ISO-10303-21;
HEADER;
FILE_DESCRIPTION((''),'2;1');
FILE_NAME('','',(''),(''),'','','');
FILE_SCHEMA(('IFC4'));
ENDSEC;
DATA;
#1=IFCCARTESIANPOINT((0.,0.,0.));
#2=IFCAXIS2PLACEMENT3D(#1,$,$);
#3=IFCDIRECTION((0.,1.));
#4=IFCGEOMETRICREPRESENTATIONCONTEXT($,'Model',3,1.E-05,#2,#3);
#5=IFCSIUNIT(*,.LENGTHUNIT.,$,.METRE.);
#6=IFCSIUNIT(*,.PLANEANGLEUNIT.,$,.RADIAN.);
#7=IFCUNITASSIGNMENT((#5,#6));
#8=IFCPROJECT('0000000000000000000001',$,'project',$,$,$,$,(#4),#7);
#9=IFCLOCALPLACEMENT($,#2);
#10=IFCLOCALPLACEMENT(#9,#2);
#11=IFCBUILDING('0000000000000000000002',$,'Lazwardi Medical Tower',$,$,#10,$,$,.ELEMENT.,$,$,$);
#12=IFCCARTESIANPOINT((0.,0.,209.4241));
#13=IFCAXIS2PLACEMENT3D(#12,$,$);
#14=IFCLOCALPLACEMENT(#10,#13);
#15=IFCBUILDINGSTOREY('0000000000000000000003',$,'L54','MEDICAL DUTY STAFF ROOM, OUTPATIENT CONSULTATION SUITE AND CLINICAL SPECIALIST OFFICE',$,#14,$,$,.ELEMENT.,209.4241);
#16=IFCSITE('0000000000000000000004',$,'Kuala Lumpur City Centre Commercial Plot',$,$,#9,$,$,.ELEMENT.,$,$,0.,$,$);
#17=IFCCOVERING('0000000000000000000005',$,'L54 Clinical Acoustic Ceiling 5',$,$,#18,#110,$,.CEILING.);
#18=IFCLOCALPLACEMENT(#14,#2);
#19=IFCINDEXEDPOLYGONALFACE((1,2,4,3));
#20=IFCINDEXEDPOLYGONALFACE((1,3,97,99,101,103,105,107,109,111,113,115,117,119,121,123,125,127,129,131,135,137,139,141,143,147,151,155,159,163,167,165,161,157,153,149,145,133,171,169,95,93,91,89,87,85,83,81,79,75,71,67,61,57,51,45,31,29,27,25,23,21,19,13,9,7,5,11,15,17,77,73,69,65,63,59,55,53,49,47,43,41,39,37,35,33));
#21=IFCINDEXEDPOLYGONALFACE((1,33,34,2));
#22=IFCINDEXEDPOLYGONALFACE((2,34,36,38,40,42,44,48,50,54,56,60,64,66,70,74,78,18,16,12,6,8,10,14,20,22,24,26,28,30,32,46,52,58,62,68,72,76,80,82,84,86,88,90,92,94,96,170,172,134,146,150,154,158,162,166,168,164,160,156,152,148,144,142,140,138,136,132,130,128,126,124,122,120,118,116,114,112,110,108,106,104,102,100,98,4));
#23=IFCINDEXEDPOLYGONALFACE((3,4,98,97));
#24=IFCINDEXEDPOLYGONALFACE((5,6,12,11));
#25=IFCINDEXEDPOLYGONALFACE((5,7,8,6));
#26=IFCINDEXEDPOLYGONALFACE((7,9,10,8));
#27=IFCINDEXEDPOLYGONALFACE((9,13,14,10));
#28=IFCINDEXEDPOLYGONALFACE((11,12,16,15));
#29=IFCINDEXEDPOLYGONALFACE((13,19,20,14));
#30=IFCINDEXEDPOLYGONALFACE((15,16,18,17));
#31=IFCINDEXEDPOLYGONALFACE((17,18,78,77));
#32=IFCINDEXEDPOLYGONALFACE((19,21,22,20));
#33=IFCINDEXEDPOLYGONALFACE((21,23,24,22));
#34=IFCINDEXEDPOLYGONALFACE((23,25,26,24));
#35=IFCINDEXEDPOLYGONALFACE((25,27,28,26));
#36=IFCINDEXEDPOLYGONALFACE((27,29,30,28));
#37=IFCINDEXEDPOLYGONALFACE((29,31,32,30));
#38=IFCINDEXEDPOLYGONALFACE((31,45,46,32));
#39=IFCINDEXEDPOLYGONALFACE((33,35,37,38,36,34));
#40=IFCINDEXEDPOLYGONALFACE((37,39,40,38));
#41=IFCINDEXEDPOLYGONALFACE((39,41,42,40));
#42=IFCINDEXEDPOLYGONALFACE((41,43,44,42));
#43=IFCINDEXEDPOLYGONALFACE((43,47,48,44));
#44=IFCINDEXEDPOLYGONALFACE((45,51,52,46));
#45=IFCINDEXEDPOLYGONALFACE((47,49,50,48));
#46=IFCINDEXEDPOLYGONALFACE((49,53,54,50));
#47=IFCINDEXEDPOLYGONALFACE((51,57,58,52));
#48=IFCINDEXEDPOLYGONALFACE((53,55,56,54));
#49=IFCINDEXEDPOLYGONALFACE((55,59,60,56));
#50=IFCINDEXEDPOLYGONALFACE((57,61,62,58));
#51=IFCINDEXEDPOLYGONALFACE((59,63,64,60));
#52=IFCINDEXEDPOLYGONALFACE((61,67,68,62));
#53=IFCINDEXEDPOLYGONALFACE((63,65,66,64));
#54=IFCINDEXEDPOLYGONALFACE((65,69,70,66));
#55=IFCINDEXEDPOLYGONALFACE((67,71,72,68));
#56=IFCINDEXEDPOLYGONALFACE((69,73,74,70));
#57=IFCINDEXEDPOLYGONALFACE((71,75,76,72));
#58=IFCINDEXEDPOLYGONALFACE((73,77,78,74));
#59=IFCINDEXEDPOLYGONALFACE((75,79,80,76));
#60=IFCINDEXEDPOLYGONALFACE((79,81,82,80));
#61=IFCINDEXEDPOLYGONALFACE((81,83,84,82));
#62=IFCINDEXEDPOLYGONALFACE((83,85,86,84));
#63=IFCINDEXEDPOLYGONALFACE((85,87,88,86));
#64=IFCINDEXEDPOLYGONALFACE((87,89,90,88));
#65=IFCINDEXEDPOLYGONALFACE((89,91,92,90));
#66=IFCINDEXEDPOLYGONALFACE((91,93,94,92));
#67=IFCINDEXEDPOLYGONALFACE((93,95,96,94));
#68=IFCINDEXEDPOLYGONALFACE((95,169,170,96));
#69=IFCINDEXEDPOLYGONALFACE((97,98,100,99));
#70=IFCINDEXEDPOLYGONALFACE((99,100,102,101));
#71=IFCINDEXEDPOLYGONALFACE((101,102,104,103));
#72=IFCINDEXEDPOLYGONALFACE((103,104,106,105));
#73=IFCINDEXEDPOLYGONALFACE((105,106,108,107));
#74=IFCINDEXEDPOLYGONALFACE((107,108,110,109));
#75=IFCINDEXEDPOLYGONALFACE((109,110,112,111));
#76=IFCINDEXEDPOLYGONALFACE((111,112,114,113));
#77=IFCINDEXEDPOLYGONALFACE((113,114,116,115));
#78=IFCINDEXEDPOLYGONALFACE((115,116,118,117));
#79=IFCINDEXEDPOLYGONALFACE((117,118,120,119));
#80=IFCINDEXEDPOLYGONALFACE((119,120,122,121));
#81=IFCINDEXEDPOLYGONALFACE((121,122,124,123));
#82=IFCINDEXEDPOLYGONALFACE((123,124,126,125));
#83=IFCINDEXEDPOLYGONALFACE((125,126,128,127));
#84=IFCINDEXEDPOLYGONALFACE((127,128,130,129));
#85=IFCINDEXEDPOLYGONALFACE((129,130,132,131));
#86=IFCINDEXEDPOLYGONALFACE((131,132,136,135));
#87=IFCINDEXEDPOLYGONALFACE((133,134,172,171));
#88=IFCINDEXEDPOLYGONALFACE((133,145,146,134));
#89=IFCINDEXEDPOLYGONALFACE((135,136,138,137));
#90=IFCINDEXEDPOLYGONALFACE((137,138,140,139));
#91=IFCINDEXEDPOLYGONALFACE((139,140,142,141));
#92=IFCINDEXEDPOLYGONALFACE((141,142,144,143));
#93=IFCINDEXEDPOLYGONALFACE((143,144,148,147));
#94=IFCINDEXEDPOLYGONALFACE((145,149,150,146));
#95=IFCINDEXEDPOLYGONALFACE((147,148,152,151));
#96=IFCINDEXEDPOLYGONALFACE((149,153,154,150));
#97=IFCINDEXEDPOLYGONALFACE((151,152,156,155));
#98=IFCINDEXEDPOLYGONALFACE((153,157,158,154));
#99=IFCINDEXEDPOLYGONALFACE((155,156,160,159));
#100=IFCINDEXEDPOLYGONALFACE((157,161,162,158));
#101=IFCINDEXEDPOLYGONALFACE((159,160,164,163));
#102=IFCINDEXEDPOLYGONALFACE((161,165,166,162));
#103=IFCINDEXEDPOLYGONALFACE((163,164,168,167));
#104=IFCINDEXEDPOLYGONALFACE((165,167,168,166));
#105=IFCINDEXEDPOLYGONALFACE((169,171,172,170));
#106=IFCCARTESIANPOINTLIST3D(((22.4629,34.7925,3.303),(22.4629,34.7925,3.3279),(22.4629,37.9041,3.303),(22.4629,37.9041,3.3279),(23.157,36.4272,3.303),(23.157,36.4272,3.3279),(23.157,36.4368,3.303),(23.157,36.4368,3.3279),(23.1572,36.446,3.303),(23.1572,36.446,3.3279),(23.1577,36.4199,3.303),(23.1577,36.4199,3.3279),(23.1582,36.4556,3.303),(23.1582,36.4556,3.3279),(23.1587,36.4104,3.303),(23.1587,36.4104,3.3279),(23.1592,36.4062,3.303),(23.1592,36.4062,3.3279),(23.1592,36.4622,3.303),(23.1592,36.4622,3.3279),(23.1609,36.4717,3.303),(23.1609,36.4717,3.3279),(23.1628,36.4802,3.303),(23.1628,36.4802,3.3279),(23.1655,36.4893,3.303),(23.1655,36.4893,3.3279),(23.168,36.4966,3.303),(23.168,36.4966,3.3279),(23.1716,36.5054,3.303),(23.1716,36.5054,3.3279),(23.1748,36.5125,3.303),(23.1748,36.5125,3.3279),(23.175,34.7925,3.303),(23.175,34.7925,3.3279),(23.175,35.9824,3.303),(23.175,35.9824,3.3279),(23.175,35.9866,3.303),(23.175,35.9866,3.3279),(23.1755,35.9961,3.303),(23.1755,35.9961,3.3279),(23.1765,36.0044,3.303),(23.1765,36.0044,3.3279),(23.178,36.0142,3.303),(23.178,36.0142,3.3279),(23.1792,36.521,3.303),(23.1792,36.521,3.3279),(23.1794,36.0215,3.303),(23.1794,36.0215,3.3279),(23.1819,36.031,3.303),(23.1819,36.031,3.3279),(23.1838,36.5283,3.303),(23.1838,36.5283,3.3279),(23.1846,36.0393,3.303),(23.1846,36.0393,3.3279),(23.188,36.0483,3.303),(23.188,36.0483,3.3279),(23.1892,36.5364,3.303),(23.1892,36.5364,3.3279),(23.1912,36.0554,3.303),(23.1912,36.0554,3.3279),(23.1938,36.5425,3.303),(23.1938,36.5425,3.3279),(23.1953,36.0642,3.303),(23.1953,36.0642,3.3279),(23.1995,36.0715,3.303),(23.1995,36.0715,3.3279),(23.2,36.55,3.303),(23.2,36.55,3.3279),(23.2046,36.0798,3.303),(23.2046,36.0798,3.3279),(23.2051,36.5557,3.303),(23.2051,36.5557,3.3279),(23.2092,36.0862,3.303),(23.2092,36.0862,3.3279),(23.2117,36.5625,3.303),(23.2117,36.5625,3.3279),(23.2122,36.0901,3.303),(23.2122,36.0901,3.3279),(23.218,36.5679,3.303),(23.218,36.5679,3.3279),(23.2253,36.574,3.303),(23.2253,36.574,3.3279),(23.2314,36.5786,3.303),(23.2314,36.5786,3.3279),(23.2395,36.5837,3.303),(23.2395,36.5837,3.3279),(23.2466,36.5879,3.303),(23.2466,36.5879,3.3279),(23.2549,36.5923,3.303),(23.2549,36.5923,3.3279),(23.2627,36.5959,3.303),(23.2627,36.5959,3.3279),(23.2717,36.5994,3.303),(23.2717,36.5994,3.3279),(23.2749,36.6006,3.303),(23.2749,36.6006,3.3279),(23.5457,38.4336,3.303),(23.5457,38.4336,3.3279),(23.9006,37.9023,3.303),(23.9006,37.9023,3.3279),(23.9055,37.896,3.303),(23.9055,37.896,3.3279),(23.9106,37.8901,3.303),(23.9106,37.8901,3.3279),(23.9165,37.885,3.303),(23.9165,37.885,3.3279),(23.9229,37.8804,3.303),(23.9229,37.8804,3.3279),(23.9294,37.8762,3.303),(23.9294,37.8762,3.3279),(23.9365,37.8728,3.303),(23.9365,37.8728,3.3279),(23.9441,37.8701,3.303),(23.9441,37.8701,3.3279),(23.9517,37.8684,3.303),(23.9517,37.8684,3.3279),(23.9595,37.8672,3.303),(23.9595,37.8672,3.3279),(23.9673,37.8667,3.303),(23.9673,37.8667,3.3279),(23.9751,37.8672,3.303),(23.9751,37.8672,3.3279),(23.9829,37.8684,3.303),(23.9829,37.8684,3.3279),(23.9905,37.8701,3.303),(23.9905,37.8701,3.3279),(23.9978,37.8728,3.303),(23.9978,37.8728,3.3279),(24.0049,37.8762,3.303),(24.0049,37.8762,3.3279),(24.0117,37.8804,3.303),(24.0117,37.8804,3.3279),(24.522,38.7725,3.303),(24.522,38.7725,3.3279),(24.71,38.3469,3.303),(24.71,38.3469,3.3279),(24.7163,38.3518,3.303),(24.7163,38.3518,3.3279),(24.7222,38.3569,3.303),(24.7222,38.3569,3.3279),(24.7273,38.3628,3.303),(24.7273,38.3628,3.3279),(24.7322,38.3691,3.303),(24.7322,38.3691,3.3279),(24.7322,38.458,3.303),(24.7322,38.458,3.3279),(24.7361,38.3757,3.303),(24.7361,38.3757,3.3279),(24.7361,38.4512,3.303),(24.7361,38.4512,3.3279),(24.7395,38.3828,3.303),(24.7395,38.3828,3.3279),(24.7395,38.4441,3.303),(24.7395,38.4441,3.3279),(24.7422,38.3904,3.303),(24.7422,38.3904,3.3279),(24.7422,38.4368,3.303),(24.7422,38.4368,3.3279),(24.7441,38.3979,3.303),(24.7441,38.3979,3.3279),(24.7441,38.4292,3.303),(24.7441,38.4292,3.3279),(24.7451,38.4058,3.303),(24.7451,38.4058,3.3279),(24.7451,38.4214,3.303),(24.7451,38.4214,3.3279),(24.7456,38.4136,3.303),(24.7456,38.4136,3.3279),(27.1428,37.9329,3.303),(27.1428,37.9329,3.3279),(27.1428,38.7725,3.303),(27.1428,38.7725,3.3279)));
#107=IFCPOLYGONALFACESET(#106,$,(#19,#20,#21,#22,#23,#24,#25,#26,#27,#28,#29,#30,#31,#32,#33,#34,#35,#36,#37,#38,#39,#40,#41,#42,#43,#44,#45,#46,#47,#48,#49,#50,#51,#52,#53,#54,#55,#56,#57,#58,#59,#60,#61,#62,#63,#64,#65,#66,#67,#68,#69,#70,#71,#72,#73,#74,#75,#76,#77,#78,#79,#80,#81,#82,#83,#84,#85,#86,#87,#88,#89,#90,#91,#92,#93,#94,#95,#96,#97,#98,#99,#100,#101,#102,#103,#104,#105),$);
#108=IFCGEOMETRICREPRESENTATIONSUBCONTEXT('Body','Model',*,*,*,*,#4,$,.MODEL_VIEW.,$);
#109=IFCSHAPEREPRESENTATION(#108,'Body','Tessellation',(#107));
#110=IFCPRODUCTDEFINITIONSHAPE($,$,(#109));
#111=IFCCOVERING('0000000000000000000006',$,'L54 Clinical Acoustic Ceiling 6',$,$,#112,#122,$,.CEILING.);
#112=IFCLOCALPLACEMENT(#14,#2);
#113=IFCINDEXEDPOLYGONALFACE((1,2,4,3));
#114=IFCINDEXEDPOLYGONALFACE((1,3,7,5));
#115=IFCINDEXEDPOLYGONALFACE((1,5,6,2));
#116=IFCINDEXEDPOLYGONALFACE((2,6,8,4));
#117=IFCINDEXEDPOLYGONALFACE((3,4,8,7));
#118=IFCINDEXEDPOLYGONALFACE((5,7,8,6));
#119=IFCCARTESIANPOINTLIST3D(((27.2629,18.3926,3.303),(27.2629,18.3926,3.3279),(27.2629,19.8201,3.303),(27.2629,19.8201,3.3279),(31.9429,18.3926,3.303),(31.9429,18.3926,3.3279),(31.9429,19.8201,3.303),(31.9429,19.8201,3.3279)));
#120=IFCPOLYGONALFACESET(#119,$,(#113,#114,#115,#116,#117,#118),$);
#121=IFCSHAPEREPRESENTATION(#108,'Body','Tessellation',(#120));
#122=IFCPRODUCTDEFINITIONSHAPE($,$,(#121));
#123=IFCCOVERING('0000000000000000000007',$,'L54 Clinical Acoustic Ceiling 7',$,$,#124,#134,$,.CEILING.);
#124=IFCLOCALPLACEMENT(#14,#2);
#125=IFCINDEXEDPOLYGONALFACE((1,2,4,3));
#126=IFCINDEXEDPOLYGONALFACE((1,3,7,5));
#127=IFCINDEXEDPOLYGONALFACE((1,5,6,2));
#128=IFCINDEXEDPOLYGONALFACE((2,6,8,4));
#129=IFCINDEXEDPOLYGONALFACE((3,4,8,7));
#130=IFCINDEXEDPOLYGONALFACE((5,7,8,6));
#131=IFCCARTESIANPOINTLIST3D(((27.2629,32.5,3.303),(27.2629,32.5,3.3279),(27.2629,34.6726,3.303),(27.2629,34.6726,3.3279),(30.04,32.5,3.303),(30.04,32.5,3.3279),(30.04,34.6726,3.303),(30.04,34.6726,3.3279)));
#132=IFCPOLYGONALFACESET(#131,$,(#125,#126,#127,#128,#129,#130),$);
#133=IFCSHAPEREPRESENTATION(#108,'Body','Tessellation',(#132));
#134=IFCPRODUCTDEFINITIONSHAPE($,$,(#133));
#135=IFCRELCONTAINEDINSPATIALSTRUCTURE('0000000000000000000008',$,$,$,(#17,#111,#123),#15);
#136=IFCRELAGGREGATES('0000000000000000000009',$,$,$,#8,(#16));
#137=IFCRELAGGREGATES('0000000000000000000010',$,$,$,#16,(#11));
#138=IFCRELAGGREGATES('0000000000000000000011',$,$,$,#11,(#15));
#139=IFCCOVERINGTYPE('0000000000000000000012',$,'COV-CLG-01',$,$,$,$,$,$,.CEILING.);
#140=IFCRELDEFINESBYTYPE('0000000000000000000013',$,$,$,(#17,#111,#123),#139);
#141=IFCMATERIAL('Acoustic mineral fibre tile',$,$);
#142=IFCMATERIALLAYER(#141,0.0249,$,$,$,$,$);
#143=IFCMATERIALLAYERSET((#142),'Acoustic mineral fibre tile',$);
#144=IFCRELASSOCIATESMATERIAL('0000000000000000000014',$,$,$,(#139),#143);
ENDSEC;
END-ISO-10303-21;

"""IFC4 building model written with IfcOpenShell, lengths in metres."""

from ifc_helpers import new_model, si_unit, direction, frame, origin, place, context, subcontext, project, spatial, polyline, outline, extrude, material, layer, layer_set, type_object, element, save


model = new_model("IFC4")

# Units and contexts
model_context = context("Model", 3, precision=1e-05, world=origin(), true_north=direction((0.0, 1.0)))
body_context = subcontext(model_context, "Body", "Model", "MODEL_VIEW")
ifc_project = project(units=[si_unit("LENGTHUNIT", "METRE"), si_unit("PLANEANGLEUNIT", "RADIAN")], contexts=[model_context])

# Site, building, storey
site_placement = place(None, origin())
site = spatial("IfcSite", under=ifc_project, at=site_placement, Name="Kuala Lumpur City Centre Commercial Plot", CompositionType="ELEMENT", RefElevation=0.0)
building_placement = place(site_placement, origin())
building = spatial("IfcBuilding", under=site, at=building_placement, Name="Lazwardi Medical Tower", CompositionType="ELEMENT")
storey_placement = place(building_placement, frame((0.0, 0.0, 209.4241)))
storey = spatial("IfcBuildingStorey", under=building, at=storey_placement, Name="L54", Description="MEDICAL DUTY STAFF ROOM, OUTPATIENT CONSULTATION SUITE AND CLINICAL SPECIALIST OFFICE", CompositionType="ELEMENT", Elevation=209.4241)

# Coverings
ifc_material_1 = material(Name="Acoustic mineral fibre tile")
ifc_layer_1 = layer(ifc_material_1, 0.0249)
ifc_layer_set_1 = layer_set([ifc_layer_1], Name="Acoustic mineral fibre tile")
covering_type_1 = type_object("IfcCoveringType", Name="COV-CLG-01", PredefinedType="CEILING", material=ifc_layer_set_1)
covering_1_placement = place(storey_placement, frame((0.0, 0.0, 3.303)))
element("IfcCovering", 1, at=covering_1_placement, inside=storey, type_object=covering_type_1, Name="L54 Clinical Acoustic Ceiling 5", PredefinedType="CEILING", context=body_context, shape_type="SweptSolid", body=[
    extrude(outline(polyline([(24.522, 38.7725), (24.7322, 38.458), (24.7361, 38.4512), (24.7395, 38.4441), (24.7422, 38.4368), (24.7441, 38.4292), (24.7451, 38.4214), (24.7456, 38.4136), (24.7451, 38.4058), (24.7441, 38.3979), (24.7422, 38.3904), (24.7395, 38.3828), (24.7361, 38.3757), (24.7322, 38.3691), (24.7273, 38.3628), (24.7222, 38.3569), (24.7163, 38.3518), (24.71, 38.3469), (24.0117, 37.8804), (24.0049, 37.8762), (23.9978, 37.8728), (23.9905, 37.8701), (23.9829, 37.8684), (23.9751, 37.8672), (23.9673, 37.8667), (23.9595, 37.8672), (23.9517, 37.8684), (23.9441, 37.8701), (23.9365, 37.8728), (23.9294, 37.8762), (23.9229, 37.8804), (23.9165, 37.885), (23.9106, 37.8901), (23.9055, 37.896), (23.9006, 37.9023), (23.5457, 38.4336), (22.4629, 37.9041), (22.4629, 34.7925), (23.175, 34.7925), (23.175, 35.9824), (23.175, 35.9866), (23.1755, 35.9961), (23.1765, 36.0044), (23.178, 36.0142), (23.1794, 36.0215), (23.1819, 36.031), (23.1846, 36.0393), (23.188, 36.0483), (23.1912, 36.0554), (23.1953, 36.0642), (23.1995, 36.0715), (23.2046, 36.0798), (23.2092, 36.0862), (23.2122, 36.0901), (23.1592, 36.4062), (23.1587, 36.4104), (23.1577, 36.4199), (23.157, 36.4272), (23.157, 36.4368), (23.1572, 36.446), (23.1582, 36.4556), (23.1592, 36.4622), (23.1609, 36.4717), (23.1628, 36.4802), (23.1655, 36.4893), (23.168, 36.4966), (23.1716, 36.5054), (23.1748, 36.5125), (23.1792, 36.521), (23.1838, 36.5283), (23.1892, 36.5364), (23.1938, 36.5425), (23.2, 36.55), (23.2051, 36.5557), (23.2117, 36.5625), (23.218, 36.5679), (23.2253, 36.574), (23.2314, 36.5786), (23.2395, 36.5837), (23.2466, 36.5879), (23.2549, 36.5923), (23.2627, 36.5959), (23.2717, 36.5994), (23.2749, 36.6006), (27.1428, 37.9329), (27.1428, 38.7725), (24.522, 38.7725)])), origin(), (0.0, 0.0, 1.0), 0.0249),
])
covering_2_placement = place(storey_placement, frame((0.0, 0.0, 3.303)))
element("IfcCovering", 2, at=covering_2_placement, inside=storey, type_object=covering_type_1, Name="L54 Clinical Acoustic Ceiling 6", PredefinedType="CEILING", context=body_context, shape_type="SweptSolid", body=[
    extrude(outline(polyline([(31.9429, 19.8201), (27.2629, 19.8201), (27.2629, 18.3926), (31.9429, 18.3926), (31.9429, 19.8201)])), origin(), (0.0, 0.0, 1.0), 0.0249),
])
covering_3_placement = place(storey_placement, frame((0.0, 0.0, 3.303)))
element("IfcCovering", 3, at=covering_3_placement, inside=storey, type_object=covering_type_1, Name="L54 Clinical Acoustic Ceiling 7", PredefinedType="CEILING", context=body_context, shape_type="SweptSolid", body=[
    extrude(outline(polyline([(27.2629, 32.5), (30.04, 32.5), (30.04, 34.6726), (27.2629, 34.6726), (27.2629, 32.5)])), origin(), (0.0, 0.0, 1.0), 0.0249),
])

save(model, "model.ifc")
